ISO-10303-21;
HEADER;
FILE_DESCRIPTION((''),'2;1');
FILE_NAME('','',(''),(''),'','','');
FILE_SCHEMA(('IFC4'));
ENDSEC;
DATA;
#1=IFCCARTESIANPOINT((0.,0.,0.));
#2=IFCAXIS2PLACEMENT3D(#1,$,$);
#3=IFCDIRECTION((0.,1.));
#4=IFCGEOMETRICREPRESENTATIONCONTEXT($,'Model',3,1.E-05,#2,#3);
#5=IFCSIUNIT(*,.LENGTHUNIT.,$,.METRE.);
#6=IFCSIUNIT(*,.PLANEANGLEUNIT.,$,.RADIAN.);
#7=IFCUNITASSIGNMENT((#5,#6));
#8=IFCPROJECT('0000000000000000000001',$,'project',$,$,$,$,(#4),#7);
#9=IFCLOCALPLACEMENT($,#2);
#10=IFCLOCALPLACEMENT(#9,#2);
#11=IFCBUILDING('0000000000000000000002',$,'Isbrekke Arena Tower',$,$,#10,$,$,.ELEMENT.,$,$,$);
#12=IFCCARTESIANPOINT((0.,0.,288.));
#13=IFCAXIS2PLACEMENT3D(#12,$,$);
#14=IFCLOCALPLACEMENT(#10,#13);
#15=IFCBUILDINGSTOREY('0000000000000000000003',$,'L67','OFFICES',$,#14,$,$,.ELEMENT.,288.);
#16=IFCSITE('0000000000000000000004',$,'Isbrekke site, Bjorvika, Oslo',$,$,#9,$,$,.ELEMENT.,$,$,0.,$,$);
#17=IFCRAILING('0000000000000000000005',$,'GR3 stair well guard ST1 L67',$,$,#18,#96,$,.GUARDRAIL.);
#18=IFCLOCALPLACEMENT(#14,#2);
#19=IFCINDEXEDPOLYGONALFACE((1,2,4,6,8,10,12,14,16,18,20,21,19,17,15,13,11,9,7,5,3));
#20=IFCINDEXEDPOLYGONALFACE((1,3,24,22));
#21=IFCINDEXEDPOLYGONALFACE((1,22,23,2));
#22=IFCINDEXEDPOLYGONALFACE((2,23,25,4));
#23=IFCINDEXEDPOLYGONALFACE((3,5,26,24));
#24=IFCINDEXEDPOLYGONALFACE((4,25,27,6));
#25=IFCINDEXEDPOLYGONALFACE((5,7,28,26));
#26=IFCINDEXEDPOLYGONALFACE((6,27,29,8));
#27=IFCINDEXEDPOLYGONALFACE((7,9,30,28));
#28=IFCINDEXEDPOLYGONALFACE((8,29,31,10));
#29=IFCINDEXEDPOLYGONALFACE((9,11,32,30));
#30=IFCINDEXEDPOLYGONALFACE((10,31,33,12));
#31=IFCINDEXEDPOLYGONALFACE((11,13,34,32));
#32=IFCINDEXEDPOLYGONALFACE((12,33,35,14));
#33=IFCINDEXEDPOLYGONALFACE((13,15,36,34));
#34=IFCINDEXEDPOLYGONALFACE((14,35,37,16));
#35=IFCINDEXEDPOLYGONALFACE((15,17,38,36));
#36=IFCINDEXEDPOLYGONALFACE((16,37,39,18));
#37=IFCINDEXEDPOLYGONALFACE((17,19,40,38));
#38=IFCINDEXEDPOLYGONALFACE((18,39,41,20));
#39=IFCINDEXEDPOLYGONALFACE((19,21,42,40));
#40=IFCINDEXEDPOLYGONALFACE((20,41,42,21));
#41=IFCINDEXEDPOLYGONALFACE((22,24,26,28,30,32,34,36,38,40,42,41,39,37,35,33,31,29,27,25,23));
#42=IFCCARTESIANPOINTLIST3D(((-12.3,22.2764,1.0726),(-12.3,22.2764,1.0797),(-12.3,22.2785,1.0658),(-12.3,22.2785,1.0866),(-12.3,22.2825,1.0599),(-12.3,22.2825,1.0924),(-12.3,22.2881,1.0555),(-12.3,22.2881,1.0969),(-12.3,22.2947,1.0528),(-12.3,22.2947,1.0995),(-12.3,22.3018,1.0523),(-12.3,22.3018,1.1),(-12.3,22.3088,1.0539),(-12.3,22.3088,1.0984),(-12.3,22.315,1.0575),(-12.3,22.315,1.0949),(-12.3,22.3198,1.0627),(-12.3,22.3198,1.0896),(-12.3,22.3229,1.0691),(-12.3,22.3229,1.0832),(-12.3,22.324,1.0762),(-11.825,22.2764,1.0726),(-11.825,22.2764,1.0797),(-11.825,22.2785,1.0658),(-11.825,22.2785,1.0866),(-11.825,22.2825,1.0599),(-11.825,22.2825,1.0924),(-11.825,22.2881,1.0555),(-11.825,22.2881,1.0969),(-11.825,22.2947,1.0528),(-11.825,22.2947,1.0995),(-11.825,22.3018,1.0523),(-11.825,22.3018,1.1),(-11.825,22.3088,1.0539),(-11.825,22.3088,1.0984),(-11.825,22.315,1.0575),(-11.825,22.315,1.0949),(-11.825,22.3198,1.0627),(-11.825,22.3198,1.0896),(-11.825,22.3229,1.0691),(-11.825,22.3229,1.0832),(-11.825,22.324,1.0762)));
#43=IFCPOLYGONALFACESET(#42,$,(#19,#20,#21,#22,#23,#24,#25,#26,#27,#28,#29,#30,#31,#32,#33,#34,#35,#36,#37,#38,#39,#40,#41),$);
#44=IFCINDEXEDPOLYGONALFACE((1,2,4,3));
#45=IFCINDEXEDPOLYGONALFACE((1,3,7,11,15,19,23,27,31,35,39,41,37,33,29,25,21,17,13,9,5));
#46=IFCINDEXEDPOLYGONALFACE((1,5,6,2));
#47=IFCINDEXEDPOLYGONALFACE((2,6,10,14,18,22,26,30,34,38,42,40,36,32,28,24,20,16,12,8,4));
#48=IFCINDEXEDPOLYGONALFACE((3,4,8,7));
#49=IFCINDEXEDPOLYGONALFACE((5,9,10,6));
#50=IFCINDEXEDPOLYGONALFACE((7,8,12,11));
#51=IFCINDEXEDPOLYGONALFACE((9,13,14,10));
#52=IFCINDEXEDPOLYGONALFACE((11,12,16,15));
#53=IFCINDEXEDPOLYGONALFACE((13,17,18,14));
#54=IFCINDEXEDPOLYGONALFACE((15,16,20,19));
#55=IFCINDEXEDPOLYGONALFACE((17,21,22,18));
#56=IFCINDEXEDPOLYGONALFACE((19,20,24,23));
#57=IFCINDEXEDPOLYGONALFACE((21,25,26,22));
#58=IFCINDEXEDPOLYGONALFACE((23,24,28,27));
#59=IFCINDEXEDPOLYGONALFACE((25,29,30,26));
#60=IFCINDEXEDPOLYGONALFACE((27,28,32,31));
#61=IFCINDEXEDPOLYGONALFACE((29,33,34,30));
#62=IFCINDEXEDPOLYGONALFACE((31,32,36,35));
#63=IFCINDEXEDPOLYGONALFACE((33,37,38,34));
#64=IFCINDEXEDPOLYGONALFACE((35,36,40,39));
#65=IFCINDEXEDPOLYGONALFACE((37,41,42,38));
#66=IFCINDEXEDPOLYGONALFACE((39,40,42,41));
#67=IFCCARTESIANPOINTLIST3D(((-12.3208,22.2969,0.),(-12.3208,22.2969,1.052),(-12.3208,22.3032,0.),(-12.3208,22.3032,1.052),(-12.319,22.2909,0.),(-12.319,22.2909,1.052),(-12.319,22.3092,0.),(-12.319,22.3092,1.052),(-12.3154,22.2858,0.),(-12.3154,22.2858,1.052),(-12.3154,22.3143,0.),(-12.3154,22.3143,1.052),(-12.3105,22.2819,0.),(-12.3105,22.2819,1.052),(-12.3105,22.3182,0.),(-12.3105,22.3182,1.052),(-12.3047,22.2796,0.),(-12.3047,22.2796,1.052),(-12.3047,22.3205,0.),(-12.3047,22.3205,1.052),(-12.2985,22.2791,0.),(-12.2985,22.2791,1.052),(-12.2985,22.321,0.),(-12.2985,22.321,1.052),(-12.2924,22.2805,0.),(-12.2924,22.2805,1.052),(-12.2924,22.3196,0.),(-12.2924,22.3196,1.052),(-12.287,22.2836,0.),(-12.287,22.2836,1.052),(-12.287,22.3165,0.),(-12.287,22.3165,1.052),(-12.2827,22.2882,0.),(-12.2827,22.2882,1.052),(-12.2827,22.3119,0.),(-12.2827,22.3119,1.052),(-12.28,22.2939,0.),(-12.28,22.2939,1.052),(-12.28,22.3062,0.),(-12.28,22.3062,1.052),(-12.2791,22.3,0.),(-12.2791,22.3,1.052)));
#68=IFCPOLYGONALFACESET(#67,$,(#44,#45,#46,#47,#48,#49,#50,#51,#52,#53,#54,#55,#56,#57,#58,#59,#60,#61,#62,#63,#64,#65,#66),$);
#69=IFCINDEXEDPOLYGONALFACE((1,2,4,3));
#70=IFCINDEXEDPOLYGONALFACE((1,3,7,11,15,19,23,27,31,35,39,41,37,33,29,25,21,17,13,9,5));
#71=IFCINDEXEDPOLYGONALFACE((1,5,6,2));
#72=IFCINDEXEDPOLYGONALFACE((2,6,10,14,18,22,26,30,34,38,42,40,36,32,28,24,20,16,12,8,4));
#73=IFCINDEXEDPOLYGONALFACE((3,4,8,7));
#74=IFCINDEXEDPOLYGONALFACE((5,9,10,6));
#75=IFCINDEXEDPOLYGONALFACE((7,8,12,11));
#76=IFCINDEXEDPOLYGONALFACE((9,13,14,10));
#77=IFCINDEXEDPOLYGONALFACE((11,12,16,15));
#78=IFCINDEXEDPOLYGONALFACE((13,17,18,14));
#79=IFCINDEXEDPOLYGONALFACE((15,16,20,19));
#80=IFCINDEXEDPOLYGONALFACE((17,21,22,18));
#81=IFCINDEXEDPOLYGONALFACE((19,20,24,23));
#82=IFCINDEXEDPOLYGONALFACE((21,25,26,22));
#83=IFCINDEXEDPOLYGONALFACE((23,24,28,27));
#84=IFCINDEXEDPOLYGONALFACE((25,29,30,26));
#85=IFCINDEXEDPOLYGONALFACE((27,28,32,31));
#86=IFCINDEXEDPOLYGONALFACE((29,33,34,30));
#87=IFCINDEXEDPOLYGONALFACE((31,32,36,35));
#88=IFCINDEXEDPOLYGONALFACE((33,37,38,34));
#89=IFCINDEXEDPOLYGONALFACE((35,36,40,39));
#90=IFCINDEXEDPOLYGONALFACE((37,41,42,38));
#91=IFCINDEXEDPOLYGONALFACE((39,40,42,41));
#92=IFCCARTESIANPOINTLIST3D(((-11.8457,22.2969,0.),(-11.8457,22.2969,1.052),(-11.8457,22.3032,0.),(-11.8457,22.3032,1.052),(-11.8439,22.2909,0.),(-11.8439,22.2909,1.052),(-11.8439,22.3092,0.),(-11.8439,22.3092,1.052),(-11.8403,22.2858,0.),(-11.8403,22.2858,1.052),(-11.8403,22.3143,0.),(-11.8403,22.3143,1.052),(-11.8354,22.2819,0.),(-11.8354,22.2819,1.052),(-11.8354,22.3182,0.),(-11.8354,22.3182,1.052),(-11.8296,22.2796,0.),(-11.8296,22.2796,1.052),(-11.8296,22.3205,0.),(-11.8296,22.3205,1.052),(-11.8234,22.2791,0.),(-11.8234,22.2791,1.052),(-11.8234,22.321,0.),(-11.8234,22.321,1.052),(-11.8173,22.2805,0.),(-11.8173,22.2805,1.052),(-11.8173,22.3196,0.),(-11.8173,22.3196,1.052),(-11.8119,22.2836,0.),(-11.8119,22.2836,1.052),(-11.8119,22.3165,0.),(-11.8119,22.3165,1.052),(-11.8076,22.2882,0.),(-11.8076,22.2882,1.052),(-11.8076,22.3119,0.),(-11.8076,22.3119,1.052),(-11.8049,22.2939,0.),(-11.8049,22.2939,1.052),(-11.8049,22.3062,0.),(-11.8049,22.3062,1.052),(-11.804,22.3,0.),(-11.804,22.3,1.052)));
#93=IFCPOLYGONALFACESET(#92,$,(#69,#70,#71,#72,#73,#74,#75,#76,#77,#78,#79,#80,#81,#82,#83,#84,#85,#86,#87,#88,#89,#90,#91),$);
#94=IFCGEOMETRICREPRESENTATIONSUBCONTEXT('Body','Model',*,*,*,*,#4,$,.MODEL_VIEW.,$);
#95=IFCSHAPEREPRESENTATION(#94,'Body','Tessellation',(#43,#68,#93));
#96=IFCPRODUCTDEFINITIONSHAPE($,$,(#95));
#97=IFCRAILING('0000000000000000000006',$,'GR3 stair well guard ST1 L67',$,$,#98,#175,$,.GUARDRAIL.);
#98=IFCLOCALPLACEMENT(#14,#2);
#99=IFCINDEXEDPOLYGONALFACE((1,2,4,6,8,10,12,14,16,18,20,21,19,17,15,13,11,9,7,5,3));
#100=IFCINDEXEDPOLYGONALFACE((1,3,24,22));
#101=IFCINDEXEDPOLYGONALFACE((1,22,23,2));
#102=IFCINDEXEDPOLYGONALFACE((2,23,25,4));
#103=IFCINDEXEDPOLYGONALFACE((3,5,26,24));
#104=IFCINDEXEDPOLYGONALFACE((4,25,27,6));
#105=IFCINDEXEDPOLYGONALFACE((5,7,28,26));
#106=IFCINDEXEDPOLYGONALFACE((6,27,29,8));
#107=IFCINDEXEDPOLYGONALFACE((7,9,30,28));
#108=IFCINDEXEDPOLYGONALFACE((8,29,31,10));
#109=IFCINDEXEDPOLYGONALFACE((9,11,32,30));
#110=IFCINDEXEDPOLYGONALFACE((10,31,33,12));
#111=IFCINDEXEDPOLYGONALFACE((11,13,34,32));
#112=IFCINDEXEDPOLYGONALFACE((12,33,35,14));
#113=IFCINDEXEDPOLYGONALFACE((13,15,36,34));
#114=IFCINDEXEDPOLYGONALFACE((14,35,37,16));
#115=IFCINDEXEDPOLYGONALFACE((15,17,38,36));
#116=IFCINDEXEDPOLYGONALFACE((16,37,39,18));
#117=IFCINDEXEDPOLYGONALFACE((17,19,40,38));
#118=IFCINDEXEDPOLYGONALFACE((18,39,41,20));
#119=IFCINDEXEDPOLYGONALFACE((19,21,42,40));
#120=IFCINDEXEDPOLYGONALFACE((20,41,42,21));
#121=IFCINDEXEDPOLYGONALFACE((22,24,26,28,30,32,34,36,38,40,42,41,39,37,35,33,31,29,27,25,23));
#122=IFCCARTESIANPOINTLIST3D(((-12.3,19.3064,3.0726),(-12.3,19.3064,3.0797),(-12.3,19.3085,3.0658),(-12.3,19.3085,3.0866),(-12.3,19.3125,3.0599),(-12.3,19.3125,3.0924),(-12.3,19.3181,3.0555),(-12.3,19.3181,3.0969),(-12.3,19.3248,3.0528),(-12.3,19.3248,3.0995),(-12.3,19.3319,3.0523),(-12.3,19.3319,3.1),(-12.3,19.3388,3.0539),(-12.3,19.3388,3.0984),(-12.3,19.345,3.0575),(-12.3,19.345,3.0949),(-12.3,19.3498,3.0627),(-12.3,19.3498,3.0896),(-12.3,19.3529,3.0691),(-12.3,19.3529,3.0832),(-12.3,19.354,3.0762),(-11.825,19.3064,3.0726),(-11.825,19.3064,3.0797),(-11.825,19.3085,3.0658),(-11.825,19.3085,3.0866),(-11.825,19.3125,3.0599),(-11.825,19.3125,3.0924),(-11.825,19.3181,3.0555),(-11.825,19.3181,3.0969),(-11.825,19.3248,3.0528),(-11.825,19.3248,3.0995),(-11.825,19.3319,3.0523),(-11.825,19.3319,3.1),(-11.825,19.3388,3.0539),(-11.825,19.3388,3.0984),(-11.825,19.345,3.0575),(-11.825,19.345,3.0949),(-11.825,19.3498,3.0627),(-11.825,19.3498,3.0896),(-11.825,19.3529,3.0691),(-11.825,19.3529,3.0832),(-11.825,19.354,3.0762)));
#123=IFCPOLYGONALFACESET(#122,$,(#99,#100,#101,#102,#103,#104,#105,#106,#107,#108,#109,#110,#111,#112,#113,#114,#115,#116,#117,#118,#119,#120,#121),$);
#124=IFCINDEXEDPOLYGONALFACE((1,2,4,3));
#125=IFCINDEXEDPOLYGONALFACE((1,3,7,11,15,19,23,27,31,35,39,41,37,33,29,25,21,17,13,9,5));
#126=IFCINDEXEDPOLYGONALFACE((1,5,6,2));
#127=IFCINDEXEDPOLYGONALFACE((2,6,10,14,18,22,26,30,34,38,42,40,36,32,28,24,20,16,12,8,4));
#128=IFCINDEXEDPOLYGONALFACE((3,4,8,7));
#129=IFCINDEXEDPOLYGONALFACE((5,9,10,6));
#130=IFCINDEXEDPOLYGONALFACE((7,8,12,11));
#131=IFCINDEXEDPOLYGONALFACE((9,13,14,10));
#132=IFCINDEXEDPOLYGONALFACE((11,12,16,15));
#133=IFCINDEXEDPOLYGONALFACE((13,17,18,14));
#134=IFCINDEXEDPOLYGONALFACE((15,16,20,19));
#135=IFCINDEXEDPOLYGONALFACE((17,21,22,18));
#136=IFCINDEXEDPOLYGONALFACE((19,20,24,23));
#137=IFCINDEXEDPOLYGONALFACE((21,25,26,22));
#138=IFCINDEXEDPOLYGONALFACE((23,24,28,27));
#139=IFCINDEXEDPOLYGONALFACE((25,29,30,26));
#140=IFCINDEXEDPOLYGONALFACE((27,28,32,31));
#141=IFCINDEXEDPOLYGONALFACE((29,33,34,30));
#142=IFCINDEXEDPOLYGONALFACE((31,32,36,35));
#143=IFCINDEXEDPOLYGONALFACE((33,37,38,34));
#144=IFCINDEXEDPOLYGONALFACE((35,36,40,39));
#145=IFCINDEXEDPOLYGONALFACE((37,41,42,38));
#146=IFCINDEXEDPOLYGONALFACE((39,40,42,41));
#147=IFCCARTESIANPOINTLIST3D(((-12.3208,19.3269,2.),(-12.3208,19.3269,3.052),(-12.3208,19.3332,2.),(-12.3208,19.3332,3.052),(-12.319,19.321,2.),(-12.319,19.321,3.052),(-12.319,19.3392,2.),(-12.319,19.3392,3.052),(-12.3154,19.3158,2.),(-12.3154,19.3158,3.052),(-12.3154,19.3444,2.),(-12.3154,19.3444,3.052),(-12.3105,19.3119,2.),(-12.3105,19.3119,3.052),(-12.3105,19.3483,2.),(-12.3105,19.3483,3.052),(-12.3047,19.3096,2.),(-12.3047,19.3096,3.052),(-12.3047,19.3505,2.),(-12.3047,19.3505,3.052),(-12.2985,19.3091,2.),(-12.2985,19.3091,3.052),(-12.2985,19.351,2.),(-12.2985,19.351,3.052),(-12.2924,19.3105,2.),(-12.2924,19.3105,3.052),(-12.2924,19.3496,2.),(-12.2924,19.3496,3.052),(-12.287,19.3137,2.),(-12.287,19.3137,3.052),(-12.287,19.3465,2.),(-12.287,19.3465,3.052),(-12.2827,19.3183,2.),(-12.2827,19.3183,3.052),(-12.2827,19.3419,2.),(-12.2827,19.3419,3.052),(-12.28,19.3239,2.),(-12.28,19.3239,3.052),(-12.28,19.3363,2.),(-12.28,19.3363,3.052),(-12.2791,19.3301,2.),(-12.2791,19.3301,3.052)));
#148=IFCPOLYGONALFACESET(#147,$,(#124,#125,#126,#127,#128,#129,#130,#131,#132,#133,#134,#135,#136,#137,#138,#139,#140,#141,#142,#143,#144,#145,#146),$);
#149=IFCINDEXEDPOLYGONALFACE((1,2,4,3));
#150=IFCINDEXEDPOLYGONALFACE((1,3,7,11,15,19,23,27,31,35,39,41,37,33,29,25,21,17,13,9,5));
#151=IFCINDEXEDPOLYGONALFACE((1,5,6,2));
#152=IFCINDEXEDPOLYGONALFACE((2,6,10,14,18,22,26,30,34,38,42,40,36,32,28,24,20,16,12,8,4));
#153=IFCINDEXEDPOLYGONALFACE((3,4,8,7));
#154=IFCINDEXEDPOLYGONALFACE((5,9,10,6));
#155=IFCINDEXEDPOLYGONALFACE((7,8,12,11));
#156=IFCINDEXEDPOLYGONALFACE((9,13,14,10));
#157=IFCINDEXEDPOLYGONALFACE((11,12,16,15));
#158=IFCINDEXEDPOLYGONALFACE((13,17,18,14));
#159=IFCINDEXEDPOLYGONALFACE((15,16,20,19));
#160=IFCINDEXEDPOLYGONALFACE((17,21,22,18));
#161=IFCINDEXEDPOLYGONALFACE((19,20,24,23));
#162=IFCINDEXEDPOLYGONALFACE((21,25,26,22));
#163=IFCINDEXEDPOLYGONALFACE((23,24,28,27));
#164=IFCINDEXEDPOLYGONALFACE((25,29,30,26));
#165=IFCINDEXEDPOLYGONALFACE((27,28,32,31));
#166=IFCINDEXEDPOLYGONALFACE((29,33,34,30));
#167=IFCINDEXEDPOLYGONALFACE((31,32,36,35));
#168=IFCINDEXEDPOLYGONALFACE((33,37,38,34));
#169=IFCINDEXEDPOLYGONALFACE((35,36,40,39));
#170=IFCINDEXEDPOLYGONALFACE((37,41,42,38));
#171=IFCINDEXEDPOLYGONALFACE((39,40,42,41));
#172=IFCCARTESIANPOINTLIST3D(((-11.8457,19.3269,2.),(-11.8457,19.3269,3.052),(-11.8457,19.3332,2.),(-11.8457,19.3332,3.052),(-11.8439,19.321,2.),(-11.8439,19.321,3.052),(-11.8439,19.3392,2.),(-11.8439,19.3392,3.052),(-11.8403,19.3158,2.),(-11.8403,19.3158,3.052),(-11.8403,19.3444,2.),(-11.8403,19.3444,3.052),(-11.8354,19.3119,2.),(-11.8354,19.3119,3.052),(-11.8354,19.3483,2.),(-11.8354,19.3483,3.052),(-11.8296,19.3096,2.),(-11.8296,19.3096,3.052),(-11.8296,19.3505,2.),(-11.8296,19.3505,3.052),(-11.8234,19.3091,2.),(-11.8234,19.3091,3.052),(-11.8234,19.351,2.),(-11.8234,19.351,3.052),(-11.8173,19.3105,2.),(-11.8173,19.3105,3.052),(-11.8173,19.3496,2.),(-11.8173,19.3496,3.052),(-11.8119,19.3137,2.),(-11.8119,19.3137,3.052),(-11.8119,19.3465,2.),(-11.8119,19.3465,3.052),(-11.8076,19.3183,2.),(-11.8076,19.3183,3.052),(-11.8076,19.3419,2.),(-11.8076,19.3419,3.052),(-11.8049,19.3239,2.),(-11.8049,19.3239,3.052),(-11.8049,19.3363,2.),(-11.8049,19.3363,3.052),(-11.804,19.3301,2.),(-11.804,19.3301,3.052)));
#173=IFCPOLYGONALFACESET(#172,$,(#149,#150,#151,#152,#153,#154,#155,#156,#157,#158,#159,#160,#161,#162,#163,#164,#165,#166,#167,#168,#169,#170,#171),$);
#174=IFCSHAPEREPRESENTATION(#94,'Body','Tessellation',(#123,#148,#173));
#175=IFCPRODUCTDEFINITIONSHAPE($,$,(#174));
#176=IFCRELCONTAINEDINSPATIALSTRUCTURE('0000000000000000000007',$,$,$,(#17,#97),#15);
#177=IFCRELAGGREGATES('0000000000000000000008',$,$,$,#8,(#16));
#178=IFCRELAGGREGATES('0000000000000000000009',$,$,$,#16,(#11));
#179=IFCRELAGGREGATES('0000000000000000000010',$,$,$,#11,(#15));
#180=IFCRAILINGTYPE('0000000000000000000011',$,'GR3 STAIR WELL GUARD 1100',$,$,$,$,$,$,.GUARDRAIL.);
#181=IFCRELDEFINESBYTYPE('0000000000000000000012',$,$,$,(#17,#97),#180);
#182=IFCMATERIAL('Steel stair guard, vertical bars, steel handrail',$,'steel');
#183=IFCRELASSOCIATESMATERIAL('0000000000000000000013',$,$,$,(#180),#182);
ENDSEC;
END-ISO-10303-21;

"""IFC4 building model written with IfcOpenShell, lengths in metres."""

from ifc_helpers import new_model, si_unit, direction, frame, origin, origin_2d, place, context, subcontext, project, spatial, circle, extrude, material, type_object, element, save


model = new_model("IFC4")

# Units and contexts
model_context = context("Model", 3, precision=1e-05, world=origin(), true_north=direction((0.0, 1.0)))
body_context = subcontext(model_context, "Body", "Model", "MODEL_VIEW")
ifc_project = project(units=[si_unit("LENGTHUNIT", "METRE"), si_unit("PLANEANGLEUNIT", "RADIAN")], contexts=[model_context])

# Site, building, storey
site_placement = place(None, origin())
site = spatial("IfcSite", under=ifc_project, at=site_placement, Name="Isbrekke site, Bjorvika, Oslo", CompositionType="ELEMENT", RefElevation=0.0)
building_placement = place(site_placement, origin())
building = spatial("IfcBuilding", under=site, at=building_placement, Name="Isbrekke Arena Tower", CompositionType="ELEMENT")
storey_placement = place(building_placement, frame((0.0, 0.0, 288.0)))
storey = spatial("IfcBuildingStorey", under=building, at=storey_placement, Name="L67", Description="OFFICES", CompositionType="ELEMENT", Elevation=288.0)

# Railings
ifc_material_1 = material(Name="Steel stair guard, vertical bars, steel handrail", Category="steel")
railing_type = type_object("IfcRailingType", Name="GR3 STAIR WELL GUARD 1100", PredefinedType="GUARDRAIL", material=ifc_material_1)
for number, where, name in (
    (1, (-12.3, 22.3, 0.0), "GR3 stair well guard ST1 L67"),
    (2, (-12.3, 19.3301, 2.0), "GR3 stair well guard ST1 L67"),
):
    element("IfcRailing", number, at=place(storey_placement, frame(where)), inside=storey, type_object=railing_type, Name=name, PredefinedType="GUARDRAIL", context=body_context, shape_type="SweptSolid", body=[
        extrude(circle(Radius=0.0239, at=origin_2d()), frame((0.0, 0.0, 1.0762), z_axis=(1.0, 0.0, 0.0), x_axis=(0.0, 1.0, 0.0)), (0.0, 0.0, 1.0), 0.4751),
        extrude(circle(Radius=0.021, at=origin_2d()), origin(), (0.0, 0.0, 1.0), 1.052),
        extrude(circle(Radius=0.021, at=origin_2d()), frame((0.4751, 0.0, 0.0)), (0.0, 0.0, 1.0), 1.052),
    ])

save(model, "model.ifc")
